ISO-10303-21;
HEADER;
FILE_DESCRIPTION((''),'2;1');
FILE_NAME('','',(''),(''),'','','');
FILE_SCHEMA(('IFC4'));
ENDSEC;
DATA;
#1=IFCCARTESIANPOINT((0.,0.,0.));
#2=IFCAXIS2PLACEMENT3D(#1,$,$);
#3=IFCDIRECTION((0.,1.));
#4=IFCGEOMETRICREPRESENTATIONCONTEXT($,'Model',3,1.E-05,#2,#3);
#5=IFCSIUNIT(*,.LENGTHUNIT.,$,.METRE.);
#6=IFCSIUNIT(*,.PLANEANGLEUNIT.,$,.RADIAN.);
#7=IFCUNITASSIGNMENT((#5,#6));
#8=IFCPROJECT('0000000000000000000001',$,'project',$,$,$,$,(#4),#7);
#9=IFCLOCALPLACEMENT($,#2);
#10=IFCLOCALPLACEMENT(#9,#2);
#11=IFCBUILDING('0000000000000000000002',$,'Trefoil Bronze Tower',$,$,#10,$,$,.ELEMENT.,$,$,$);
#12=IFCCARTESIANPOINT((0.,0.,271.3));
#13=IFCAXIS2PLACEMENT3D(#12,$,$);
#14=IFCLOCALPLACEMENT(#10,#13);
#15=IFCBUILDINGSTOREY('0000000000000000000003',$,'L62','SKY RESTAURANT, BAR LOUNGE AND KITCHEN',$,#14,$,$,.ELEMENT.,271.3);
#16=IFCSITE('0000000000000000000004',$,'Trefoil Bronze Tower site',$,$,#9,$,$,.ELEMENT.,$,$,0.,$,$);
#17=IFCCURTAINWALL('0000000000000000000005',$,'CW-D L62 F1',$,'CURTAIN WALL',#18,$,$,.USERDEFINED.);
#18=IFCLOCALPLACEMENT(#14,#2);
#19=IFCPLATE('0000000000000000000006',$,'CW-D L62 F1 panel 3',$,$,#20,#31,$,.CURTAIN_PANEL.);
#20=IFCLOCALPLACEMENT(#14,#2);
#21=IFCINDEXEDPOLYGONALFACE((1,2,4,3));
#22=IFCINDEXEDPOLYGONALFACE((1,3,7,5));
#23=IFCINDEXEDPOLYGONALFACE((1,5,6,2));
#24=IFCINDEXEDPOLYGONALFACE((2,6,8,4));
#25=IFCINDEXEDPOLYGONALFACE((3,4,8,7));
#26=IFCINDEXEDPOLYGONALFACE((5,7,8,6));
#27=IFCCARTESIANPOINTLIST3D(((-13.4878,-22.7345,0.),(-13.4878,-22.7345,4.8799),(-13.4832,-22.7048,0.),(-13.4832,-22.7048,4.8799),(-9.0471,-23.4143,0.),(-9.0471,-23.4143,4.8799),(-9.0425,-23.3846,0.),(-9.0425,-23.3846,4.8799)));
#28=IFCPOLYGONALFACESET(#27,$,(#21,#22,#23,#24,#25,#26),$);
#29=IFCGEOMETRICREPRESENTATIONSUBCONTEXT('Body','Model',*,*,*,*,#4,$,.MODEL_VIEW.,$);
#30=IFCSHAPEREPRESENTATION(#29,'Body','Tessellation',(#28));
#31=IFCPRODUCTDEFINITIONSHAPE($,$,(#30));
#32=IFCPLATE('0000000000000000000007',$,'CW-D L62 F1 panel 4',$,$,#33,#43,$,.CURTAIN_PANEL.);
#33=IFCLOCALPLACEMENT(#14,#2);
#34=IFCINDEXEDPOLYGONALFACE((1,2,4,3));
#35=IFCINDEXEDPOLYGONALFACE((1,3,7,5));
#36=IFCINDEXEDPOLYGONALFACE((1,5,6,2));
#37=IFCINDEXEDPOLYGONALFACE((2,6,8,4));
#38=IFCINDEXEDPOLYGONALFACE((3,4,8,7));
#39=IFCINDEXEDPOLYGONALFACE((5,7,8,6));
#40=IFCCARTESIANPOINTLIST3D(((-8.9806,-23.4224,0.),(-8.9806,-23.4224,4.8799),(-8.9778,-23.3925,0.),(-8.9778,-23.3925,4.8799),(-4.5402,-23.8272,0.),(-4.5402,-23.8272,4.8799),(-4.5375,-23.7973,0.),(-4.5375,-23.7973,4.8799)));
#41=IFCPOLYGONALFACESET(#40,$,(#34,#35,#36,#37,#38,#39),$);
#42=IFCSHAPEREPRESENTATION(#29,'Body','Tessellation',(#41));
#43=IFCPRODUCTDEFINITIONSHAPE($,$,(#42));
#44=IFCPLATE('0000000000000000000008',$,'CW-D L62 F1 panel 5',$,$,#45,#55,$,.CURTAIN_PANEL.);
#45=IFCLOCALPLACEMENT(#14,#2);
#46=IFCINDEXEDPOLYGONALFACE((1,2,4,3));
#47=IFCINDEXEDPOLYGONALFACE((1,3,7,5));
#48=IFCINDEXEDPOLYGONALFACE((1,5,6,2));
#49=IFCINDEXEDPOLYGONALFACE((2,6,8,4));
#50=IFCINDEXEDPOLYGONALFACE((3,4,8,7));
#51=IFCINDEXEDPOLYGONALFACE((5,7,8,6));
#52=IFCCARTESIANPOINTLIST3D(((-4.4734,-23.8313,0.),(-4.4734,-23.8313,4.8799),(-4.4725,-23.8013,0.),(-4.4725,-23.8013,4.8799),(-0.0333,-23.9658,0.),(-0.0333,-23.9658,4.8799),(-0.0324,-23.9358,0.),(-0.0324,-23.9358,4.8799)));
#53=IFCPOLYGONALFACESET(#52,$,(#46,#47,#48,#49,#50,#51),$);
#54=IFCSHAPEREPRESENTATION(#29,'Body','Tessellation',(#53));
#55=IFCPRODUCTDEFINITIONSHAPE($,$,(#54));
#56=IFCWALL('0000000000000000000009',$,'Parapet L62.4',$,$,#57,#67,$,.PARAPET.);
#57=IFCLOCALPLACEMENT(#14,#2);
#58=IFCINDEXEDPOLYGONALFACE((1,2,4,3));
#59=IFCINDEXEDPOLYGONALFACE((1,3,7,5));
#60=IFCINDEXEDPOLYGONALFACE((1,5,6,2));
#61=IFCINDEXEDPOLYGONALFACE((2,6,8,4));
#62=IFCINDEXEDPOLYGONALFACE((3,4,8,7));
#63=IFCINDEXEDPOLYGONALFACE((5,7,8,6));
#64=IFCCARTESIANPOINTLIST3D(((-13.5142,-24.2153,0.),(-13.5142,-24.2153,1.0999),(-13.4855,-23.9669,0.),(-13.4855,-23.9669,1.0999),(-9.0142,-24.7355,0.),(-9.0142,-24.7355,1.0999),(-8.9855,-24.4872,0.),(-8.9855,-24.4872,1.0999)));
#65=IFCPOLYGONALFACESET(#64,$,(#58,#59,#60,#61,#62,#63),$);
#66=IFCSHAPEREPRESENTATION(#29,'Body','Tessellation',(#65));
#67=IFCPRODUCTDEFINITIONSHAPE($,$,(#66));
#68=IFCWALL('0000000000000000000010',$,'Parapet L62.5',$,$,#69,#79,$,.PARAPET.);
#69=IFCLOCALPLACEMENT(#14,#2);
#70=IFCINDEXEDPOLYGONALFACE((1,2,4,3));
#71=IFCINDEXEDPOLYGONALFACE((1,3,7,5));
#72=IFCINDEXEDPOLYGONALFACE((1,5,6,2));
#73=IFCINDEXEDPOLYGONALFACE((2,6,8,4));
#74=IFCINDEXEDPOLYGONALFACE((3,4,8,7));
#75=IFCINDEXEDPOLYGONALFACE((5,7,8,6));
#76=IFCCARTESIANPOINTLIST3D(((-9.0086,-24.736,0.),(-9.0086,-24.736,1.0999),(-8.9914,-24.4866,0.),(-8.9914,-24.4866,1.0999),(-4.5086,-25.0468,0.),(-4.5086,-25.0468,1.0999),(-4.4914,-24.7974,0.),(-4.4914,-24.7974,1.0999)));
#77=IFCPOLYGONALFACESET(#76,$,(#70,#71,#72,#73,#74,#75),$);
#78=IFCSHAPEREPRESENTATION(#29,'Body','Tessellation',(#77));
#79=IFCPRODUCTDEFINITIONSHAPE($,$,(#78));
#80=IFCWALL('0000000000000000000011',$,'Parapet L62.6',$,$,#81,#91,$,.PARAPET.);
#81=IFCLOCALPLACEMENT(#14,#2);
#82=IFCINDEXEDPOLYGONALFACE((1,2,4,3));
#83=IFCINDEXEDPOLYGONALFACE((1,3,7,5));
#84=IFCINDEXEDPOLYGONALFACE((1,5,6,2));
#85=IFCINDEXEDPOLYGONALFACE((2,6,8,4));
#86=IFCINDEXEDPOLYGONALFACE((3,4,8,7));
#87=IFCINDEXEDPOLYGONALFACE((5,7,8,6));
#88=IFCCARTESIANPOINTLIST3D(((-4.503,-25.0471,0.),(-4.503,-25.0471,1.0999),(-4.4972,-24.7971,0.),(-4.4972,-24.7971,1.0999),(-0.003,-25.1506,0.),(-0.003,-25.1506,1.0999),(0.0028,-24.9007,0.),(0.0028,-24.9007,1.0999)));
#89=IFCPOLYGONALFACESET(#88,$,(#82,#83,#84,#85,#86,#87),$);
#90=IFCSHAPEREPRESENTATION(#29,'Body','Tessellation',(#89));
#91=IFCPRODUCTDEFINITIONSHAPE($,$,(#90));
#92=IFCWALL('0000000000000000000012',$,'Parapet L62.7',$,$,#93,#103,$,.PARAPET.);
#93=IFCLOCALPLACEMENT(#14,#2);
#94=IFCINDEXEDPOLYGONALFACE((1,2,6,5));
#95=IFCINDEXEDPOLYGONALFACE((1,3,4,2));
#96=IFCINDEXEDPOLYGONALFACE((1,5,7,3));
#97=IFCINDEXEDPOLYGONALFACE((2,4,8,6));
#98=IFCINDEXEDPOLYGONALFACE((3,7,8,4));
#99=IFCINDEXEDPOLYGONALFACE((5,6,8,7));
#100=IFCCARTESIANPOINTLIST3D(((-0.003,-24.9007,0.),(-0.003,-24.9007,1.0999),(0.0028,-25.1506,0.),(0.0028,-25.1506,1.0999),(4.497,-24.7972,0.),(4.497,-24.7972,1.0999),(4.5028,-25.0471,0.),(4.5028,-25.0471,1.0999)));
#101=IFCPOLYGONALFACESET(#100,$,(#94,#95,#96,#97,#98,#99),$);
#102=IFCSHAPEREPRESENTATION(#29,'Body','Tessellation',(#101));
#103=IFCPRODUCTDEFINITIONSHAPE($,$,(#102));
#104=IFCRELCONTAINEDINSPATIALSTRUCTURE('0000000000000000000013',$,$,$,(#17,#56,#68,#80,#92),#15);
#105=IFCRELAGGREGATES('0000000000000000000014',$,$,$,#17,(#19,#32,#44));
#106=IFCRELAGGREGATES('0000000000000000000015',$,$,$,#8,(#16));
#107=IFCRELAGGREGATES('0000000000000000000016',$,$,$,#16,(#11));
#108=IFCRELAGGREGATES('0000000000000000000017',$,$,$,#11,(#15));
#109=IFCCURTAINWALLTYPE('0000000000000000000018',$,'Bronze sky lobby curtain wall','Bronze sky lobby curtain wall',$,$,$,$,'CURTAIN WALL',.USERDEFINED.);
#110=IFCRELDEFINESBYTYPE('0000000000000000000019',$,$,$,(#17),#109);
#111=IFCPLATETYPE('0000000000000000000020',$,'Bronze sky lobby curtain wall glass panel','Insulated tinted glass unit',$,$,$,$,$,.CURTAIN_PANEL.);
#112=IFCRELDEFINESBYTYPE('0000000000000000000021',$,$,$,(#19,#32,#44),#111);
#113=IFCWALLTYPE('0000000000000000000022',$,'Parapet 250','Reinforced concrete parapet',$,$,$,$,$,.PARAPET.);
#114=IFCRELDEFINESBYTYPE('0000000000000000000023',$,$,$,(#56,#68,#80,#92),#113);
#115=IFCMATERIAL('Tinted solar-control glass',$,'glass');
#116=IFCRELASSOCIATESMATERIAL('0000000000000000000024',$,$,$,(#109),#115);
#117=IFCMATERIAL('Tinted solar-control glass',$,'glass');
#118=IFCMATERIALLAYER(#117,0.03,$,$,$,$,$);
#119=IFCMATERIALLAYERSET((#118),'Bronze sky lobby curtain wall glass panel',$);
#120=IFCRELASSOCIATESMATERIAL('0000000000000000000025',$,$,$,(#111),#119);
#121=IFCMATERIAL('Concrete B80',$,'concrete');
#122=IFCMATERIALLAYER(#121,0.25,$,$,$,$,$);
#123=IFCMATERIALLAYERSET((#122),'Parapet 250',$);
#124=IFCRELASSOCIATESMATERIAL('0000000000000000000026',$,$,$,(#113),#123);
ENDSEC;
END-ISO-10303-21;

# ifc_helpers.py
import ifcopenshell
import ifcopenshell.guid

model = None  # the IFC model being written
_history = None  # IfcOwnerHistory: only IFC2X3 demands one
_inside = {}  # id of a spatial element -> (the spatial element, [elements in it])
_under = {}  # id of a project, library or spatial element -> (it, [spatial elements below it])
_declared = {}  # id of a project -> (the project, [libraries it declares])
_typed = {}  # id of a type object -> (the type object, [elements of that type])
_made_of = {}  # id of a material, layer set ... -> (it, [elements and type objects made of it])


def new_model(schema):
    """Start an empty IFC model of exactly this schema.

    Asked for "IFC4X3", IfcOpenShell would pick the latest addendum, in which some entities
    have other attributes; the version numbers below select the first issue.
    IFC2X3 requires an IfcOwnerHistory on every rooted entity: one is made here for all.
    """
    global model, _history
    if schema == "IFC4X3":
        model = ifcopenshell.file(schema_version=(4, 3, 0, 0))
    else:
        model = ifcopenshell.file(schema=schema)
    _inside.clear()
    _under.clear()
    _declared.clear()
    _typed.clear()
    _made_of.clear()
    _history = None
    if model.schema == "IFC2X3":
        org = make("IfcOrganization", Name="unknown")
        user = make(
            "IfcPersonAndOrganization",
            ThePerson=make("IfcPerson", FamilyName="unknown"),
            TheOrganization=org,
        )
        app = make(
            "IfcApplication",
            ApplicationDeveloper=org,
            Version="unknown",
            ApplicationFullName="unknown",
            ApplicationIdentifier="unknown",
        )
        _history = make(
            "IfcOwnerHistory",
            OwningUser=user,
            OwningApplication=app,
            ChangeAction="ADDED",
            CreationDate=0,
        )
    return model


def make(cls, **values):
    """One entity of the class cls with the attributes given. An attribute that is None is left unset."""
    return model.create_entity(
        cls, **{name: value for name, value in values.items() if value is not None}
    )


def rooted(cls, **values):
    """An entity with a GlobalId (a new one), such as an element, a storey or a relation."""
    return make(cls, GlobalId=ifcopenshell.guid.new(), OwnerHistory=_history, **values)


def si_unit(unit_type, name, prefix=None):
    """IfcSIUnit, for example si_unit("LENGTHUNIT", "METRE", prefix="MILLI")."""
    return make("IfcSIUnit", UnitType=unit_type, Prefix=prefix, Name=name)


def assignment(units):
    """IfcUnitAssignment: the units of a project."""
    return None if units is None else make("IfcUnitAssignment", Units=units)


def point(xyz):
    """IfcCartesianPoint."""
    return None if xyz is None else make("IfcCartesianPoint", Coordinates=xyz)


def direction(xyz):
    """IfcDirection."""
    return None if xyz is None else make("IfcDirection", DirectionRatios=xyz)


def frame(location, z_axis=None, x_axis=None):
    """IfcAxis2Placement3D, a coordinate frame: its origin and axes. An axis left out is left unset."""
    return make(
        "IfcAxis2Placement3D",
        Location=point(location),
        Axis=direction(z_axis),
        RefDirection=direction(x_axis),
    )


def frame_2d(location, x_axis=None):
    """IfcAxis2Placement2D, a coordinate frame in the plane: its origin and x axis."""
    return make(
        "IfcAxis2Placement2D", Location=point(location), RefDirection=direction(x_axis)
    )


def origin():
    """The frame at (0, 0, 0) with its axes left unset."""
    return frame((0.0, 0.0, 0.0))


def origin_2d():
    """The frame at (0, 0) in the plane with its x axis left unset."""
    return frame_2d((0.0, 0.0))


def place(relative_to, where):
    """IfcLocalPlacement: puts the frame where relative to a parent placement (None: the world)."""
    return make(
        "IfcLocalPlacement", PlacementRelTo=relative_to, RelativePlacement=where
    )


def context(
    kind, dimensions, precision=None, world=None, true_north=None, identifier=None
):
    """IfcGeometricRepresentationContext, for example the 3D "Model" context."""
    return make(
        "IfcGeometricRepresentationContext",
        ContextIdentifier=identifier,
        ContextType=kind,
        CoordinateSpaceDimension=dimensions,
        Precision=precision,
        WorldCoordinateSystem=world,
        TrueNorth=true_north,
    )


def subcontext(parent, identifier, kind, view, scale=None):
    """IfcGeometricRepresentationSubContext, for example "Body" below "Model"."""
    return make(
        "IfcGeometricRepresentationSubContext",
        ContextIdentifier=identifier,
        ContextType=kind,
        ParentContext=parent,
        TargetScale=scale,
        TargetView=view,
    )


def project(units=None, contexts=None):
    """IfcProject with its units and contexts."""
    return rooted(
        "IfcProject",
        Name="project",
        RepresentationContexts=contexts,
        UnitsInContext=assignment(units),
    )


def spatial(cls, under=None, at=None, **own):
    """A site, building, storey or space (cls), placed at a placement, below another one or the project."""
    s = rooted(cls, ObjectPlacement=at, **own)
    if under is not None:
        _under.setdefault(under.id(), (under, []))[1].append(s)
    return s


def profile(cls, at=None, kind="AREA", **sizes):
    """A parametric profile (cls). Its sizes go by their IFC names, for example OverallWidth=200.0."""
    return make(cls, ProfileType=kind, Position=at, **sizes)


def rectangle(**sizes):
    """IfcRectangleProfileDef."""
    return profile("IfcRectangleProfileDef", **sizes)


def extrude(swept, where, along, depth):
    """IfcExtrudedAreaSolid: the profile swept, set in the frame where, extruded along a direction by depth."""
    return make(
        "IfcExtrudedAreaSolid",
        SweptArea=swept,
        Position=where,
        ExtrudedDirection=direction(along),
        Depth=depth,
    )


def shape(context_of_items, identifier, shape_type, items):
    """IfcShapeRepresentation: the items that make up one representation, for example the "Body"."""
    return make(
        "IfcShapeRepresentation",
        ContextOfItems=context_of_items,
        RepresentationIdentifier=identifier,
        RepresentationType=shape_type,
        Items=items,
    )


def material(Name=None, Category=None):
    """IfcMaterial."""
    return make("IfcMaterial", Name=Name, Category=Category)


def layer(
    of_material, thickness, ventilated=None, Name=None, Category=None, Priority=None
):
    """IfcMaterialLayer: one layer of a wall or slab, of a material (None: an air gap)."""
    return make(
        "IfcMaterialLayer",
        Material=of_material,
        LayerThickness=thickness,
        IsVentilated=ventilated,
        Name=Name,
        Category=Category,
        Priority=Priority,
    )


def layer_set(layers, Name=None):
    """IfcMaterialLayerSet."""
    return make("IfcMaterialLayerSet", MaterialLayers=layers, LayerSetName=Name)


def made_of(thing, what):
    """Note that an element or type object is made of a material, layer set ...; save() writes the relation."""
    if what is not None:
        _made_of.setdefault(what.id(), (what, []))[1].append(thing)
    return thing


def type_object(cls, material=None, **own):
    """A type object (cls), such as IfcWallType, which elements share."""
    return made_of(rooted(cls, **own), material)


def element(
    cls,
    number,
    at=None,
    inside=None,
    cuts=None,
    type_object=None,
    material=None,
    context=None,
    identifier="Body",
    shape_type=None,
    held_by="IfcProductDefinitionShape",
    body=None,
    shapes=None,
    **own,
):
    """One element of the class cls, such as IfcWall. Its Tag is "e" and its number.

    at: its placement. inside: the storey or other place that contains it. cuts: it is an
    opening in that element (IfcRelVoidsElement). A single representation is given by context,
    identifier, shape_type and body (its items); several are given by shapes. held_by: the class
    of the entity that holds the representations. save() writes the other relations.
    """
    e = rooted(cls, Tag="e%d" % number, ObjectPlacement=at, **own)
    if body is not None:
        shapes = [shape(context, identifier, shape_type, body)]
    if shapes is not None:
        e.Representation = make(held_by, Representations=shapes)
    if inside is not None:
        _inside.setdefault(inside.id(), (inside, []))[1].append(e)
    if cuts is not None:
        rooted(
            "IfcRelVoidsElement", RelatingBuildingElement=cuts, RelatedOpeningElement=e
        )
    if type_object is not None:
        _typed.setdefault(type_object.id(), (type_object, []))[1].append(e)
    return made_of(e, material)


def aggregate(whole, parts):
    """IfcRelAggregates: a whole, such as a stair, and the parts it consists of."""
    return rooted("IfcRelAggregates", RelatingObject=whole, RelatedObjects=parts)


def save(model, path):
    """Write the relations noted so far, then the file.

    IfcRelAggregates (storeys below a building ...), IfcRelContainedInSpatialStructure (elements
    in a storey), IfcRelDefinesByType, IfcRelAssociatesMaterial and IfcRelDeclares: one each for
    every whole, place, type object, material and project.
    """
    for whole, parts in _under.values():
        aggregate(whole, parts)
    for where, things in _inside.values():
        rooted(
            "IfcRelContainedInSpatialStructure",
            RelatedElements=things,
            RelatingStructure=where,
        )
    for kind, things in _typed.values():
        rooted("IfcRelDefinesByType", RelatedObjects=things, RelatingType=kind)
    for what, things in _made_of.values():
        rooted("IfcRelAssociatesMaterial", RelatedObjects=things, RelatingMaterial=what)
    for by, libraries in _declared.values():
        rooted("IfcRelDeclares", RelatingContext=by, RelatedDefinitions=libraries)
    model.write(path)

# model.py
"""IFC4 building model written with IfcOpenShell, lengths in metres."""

from ifc_helpers import new_model, si_unit, direction, frame, frame_2d, origin, origin_2d, place, context, subcontext, project, spatial, rectangle, extrude, material, layer, layer_set, type_object, element, aggregate, save


model = new_model("IFC4")

# Units and contexts
model_context = context("Model", 3, precision=1e-05, world=origin(), true_north=direction((0.0, 1.0)))
body_context = subcontext(model_context, "Body", "Model", "MODEL_VIEW")
ifc_project = project(units=[si_unit("LENGTHUNIT", "METRE"), si_unit("PLANEANGLEUNIT", "RADIAN")], contexts=[model_context])

# Site, building, storey
site_placement = place(None, origin())
site = spatial("IfcSite", under=ifc_project, at=site_placement, Name="Trefoil Bronze Tower site", CompositionType="ELEMENT", RefElevation=0.0)
building_placement = place(site_placement, origin())
building = spatial("IfcBuilding", under=site, at=building_placement, Name="Trefoil Bronze Tower", CompositionType="ELEMENT")
storey_placement = place(building_placement, frame((0.0, 0.0, 271.3)))
storey = spatial("IfcBuildingStorey", under=building, at=storey_placement, Name="L62", Description="SKY RESTAURANT, BAR LOUNGE AND KITCHEN", CompositionType="ELEMENT", Elevation=271.3)

# Curtain wall
ifc_material_1 = material(Name="Tinted solar-control glass", Category="glass")
curtain_wall_type = type_object("IfcCurtainWallType", Name="Bronze sky lobby curtain wall", Description="Bronze sky lobby curtain wall", ElementType="CURTAIN WALL", PredefinedType="USERDEFINED", material=ifc_material_1)
curtain_wall_placement = place(storey_placement, origin())
curtain_wall = element("IfcCurtainWall", 1, at=curtain_wall_placement, inside=storey, type_object=curtain_wall_type, Name="CW-D L62 F1", ObjectType="CURTAIN WALL", PredefinedType="USERDEFINED")

# Plates
ifc_material_2 = material(Name="Tinted solar-control glass", Category="glass")
ifc_layer_1 = layer(ifc_material_2, 0.03)
ifc_layer_set_1 = layer_set([ifc_layer_1], Name="Bronze sky lobby curtain wall glass panel")
plate_type = type_object("IfcPlateType", Name="Bronze sky lobby curtain wall glass panel", Description="Insulated tinted glass unit", PredefinedType="CURTAIN_PANEL", material=ifc_layer_set_1)
plate_1_placement = place(storey_placement, frame((-11.2651, -23.0596, 0.0), z_axis=(0.0, 0.0, 1.0), x_axis=(0.988485, -0.151317, 0.0)))
plate_1 = element("IfcPlate", 2, at=plate_1_placement, type_object=plate_type, Name="CW-D L62 F1 panel 3", PredefinedType="CURTAIN_PANEL", context=body_context, shape_type="SweptSolid", body=[
    extrude(rectangle(XDim=4.4924, YDim=0.03, at=origin_2d()), origin(), (0.0, 0.0, 1.0), 4.8799),
])
plate_2_placement = place(storey_placement, frame((-6.759, -23.6099, 0.0), z_axis=(0.0, 0.0, 1.0), x_axis=(0.99587, -0.090789, 0.0)))
plate_2 = element("IfcPlate", 3, at=plate_2_placement, type_object=plate_type, Name="CW-D L62 F1 panel 4", PredefinedType="CURTAIN_PANEL", context=body_context, shape_type="SweptSolid", body=[
    extrude(rectangle(XDim=4.4587, YDim=0.03, at=origin_2d()), origin(), (0.0, 0.0, 1.0), 4.8799),
])
plate_3_placement = place(storey_placement, frame((-2.2529, -23.8835, 0.0), z_axis=(0.0, 0.0, 1.0), x_axis=(0.999542, -0.030263, 0.0)))
plate_3 = element("IfcPlate", 4, at=plate_3_placement, type_object=plate_type, Name="CW-D L62 F1 panel 5", PredefinedType="CURTAIN_PANEL", context=body_context, shape_type="SweptSolid", body=[
    extrude(rectangle(XDim=4.4421, YDim=0.03, at=origin_2d()), origin(), (0.0, 0.0, 1.0), 4.8799),
])
aggregate(curtain_wall, [plate_1, plate_2, plate_3])

# Walls
ifc_material_3 = material(Name="Concrete B80", Category="concrete")
ifc_layer_2 = layer(ifc_material_3, 0.25)
ifc_layer_set_2 = layer_set([ifc_layer_2], Name="Parapet 250")
wall_type = type_object("IfcWallType", Name="Parapet 250", Description="Reinforced concrete parapet", PredefinedType="PARAPET", material=ifc_layer_set_2)
wall_1_placement = place(storey_placement, frame((-13.5, -24.0911, 0.0), z_axis=(0.0, 0.0, 1.0), x_axis=(0.993383, -0.114849, 0.0)))
element("IfcWall", 5, at=wall_1_placement, inside=storey, type_object=wall_type, Name="Parapet L62.4", PredefinedType="PARAPET", context=body_context, shape_type="SweptSolid", body=[
    extrude(rectangle(XDim=4.53, YDim=0.25, at=frame_2d((2.2651, 0.0))), origin(), (0.0, 0.0, 1.0), 1.0999),
])
wall_2_placement = place(storey_placement, frame((-9.0, -24.6113, 0.0), z_axis=(0.0, 0.0, 1.0), x_axis=(0.997624, -0.068901, 0.0)))
element("IfcWall", 6, at=wall_2_placement, inside=storey, type_object=wall_type, Name="Parapet L62.5", PredefinedType="PARAPET", context=body_context, shape_type="SweptSolid", body=[
    extrude(rectangle(XDim=4.5107, YDim=0.25, at=frame_2d((2.2554, 0.0))), origin(), (0.0, 0.0, 1.0), 1.0999),
])
for number, where, z_axis, x_axis, name in (
    (7, (-4.5, -24.9221, 0.0), (0.0, 0.0, 1.0), (0.999736, -0.022997, 0.0), "Parapet L62.6"),
    (8, (0.0, -25.0256, 0.0), (0.0, 0.0, 1.0), (0.999736, 0.022997, 0.0), "Parapet L62.7"),
):
    element("IfcWall", number, at=place(storey_placement, frame(where, z_axis=z_axis, x_axis=x_axis)), inside=storey, type_object=wall_type, Name=name, PredefinedType="PARAPET", context=body_context, shape_type="SweptSolid", body=[
        extrude(rectangle(XDim=4.5012, YDim=0.25, at=frame_2d((2.2505, 0.0))), origin(), (0.0, 0.0, 1.0), 1.0999),
    ])

save(model, "model.ifc")
